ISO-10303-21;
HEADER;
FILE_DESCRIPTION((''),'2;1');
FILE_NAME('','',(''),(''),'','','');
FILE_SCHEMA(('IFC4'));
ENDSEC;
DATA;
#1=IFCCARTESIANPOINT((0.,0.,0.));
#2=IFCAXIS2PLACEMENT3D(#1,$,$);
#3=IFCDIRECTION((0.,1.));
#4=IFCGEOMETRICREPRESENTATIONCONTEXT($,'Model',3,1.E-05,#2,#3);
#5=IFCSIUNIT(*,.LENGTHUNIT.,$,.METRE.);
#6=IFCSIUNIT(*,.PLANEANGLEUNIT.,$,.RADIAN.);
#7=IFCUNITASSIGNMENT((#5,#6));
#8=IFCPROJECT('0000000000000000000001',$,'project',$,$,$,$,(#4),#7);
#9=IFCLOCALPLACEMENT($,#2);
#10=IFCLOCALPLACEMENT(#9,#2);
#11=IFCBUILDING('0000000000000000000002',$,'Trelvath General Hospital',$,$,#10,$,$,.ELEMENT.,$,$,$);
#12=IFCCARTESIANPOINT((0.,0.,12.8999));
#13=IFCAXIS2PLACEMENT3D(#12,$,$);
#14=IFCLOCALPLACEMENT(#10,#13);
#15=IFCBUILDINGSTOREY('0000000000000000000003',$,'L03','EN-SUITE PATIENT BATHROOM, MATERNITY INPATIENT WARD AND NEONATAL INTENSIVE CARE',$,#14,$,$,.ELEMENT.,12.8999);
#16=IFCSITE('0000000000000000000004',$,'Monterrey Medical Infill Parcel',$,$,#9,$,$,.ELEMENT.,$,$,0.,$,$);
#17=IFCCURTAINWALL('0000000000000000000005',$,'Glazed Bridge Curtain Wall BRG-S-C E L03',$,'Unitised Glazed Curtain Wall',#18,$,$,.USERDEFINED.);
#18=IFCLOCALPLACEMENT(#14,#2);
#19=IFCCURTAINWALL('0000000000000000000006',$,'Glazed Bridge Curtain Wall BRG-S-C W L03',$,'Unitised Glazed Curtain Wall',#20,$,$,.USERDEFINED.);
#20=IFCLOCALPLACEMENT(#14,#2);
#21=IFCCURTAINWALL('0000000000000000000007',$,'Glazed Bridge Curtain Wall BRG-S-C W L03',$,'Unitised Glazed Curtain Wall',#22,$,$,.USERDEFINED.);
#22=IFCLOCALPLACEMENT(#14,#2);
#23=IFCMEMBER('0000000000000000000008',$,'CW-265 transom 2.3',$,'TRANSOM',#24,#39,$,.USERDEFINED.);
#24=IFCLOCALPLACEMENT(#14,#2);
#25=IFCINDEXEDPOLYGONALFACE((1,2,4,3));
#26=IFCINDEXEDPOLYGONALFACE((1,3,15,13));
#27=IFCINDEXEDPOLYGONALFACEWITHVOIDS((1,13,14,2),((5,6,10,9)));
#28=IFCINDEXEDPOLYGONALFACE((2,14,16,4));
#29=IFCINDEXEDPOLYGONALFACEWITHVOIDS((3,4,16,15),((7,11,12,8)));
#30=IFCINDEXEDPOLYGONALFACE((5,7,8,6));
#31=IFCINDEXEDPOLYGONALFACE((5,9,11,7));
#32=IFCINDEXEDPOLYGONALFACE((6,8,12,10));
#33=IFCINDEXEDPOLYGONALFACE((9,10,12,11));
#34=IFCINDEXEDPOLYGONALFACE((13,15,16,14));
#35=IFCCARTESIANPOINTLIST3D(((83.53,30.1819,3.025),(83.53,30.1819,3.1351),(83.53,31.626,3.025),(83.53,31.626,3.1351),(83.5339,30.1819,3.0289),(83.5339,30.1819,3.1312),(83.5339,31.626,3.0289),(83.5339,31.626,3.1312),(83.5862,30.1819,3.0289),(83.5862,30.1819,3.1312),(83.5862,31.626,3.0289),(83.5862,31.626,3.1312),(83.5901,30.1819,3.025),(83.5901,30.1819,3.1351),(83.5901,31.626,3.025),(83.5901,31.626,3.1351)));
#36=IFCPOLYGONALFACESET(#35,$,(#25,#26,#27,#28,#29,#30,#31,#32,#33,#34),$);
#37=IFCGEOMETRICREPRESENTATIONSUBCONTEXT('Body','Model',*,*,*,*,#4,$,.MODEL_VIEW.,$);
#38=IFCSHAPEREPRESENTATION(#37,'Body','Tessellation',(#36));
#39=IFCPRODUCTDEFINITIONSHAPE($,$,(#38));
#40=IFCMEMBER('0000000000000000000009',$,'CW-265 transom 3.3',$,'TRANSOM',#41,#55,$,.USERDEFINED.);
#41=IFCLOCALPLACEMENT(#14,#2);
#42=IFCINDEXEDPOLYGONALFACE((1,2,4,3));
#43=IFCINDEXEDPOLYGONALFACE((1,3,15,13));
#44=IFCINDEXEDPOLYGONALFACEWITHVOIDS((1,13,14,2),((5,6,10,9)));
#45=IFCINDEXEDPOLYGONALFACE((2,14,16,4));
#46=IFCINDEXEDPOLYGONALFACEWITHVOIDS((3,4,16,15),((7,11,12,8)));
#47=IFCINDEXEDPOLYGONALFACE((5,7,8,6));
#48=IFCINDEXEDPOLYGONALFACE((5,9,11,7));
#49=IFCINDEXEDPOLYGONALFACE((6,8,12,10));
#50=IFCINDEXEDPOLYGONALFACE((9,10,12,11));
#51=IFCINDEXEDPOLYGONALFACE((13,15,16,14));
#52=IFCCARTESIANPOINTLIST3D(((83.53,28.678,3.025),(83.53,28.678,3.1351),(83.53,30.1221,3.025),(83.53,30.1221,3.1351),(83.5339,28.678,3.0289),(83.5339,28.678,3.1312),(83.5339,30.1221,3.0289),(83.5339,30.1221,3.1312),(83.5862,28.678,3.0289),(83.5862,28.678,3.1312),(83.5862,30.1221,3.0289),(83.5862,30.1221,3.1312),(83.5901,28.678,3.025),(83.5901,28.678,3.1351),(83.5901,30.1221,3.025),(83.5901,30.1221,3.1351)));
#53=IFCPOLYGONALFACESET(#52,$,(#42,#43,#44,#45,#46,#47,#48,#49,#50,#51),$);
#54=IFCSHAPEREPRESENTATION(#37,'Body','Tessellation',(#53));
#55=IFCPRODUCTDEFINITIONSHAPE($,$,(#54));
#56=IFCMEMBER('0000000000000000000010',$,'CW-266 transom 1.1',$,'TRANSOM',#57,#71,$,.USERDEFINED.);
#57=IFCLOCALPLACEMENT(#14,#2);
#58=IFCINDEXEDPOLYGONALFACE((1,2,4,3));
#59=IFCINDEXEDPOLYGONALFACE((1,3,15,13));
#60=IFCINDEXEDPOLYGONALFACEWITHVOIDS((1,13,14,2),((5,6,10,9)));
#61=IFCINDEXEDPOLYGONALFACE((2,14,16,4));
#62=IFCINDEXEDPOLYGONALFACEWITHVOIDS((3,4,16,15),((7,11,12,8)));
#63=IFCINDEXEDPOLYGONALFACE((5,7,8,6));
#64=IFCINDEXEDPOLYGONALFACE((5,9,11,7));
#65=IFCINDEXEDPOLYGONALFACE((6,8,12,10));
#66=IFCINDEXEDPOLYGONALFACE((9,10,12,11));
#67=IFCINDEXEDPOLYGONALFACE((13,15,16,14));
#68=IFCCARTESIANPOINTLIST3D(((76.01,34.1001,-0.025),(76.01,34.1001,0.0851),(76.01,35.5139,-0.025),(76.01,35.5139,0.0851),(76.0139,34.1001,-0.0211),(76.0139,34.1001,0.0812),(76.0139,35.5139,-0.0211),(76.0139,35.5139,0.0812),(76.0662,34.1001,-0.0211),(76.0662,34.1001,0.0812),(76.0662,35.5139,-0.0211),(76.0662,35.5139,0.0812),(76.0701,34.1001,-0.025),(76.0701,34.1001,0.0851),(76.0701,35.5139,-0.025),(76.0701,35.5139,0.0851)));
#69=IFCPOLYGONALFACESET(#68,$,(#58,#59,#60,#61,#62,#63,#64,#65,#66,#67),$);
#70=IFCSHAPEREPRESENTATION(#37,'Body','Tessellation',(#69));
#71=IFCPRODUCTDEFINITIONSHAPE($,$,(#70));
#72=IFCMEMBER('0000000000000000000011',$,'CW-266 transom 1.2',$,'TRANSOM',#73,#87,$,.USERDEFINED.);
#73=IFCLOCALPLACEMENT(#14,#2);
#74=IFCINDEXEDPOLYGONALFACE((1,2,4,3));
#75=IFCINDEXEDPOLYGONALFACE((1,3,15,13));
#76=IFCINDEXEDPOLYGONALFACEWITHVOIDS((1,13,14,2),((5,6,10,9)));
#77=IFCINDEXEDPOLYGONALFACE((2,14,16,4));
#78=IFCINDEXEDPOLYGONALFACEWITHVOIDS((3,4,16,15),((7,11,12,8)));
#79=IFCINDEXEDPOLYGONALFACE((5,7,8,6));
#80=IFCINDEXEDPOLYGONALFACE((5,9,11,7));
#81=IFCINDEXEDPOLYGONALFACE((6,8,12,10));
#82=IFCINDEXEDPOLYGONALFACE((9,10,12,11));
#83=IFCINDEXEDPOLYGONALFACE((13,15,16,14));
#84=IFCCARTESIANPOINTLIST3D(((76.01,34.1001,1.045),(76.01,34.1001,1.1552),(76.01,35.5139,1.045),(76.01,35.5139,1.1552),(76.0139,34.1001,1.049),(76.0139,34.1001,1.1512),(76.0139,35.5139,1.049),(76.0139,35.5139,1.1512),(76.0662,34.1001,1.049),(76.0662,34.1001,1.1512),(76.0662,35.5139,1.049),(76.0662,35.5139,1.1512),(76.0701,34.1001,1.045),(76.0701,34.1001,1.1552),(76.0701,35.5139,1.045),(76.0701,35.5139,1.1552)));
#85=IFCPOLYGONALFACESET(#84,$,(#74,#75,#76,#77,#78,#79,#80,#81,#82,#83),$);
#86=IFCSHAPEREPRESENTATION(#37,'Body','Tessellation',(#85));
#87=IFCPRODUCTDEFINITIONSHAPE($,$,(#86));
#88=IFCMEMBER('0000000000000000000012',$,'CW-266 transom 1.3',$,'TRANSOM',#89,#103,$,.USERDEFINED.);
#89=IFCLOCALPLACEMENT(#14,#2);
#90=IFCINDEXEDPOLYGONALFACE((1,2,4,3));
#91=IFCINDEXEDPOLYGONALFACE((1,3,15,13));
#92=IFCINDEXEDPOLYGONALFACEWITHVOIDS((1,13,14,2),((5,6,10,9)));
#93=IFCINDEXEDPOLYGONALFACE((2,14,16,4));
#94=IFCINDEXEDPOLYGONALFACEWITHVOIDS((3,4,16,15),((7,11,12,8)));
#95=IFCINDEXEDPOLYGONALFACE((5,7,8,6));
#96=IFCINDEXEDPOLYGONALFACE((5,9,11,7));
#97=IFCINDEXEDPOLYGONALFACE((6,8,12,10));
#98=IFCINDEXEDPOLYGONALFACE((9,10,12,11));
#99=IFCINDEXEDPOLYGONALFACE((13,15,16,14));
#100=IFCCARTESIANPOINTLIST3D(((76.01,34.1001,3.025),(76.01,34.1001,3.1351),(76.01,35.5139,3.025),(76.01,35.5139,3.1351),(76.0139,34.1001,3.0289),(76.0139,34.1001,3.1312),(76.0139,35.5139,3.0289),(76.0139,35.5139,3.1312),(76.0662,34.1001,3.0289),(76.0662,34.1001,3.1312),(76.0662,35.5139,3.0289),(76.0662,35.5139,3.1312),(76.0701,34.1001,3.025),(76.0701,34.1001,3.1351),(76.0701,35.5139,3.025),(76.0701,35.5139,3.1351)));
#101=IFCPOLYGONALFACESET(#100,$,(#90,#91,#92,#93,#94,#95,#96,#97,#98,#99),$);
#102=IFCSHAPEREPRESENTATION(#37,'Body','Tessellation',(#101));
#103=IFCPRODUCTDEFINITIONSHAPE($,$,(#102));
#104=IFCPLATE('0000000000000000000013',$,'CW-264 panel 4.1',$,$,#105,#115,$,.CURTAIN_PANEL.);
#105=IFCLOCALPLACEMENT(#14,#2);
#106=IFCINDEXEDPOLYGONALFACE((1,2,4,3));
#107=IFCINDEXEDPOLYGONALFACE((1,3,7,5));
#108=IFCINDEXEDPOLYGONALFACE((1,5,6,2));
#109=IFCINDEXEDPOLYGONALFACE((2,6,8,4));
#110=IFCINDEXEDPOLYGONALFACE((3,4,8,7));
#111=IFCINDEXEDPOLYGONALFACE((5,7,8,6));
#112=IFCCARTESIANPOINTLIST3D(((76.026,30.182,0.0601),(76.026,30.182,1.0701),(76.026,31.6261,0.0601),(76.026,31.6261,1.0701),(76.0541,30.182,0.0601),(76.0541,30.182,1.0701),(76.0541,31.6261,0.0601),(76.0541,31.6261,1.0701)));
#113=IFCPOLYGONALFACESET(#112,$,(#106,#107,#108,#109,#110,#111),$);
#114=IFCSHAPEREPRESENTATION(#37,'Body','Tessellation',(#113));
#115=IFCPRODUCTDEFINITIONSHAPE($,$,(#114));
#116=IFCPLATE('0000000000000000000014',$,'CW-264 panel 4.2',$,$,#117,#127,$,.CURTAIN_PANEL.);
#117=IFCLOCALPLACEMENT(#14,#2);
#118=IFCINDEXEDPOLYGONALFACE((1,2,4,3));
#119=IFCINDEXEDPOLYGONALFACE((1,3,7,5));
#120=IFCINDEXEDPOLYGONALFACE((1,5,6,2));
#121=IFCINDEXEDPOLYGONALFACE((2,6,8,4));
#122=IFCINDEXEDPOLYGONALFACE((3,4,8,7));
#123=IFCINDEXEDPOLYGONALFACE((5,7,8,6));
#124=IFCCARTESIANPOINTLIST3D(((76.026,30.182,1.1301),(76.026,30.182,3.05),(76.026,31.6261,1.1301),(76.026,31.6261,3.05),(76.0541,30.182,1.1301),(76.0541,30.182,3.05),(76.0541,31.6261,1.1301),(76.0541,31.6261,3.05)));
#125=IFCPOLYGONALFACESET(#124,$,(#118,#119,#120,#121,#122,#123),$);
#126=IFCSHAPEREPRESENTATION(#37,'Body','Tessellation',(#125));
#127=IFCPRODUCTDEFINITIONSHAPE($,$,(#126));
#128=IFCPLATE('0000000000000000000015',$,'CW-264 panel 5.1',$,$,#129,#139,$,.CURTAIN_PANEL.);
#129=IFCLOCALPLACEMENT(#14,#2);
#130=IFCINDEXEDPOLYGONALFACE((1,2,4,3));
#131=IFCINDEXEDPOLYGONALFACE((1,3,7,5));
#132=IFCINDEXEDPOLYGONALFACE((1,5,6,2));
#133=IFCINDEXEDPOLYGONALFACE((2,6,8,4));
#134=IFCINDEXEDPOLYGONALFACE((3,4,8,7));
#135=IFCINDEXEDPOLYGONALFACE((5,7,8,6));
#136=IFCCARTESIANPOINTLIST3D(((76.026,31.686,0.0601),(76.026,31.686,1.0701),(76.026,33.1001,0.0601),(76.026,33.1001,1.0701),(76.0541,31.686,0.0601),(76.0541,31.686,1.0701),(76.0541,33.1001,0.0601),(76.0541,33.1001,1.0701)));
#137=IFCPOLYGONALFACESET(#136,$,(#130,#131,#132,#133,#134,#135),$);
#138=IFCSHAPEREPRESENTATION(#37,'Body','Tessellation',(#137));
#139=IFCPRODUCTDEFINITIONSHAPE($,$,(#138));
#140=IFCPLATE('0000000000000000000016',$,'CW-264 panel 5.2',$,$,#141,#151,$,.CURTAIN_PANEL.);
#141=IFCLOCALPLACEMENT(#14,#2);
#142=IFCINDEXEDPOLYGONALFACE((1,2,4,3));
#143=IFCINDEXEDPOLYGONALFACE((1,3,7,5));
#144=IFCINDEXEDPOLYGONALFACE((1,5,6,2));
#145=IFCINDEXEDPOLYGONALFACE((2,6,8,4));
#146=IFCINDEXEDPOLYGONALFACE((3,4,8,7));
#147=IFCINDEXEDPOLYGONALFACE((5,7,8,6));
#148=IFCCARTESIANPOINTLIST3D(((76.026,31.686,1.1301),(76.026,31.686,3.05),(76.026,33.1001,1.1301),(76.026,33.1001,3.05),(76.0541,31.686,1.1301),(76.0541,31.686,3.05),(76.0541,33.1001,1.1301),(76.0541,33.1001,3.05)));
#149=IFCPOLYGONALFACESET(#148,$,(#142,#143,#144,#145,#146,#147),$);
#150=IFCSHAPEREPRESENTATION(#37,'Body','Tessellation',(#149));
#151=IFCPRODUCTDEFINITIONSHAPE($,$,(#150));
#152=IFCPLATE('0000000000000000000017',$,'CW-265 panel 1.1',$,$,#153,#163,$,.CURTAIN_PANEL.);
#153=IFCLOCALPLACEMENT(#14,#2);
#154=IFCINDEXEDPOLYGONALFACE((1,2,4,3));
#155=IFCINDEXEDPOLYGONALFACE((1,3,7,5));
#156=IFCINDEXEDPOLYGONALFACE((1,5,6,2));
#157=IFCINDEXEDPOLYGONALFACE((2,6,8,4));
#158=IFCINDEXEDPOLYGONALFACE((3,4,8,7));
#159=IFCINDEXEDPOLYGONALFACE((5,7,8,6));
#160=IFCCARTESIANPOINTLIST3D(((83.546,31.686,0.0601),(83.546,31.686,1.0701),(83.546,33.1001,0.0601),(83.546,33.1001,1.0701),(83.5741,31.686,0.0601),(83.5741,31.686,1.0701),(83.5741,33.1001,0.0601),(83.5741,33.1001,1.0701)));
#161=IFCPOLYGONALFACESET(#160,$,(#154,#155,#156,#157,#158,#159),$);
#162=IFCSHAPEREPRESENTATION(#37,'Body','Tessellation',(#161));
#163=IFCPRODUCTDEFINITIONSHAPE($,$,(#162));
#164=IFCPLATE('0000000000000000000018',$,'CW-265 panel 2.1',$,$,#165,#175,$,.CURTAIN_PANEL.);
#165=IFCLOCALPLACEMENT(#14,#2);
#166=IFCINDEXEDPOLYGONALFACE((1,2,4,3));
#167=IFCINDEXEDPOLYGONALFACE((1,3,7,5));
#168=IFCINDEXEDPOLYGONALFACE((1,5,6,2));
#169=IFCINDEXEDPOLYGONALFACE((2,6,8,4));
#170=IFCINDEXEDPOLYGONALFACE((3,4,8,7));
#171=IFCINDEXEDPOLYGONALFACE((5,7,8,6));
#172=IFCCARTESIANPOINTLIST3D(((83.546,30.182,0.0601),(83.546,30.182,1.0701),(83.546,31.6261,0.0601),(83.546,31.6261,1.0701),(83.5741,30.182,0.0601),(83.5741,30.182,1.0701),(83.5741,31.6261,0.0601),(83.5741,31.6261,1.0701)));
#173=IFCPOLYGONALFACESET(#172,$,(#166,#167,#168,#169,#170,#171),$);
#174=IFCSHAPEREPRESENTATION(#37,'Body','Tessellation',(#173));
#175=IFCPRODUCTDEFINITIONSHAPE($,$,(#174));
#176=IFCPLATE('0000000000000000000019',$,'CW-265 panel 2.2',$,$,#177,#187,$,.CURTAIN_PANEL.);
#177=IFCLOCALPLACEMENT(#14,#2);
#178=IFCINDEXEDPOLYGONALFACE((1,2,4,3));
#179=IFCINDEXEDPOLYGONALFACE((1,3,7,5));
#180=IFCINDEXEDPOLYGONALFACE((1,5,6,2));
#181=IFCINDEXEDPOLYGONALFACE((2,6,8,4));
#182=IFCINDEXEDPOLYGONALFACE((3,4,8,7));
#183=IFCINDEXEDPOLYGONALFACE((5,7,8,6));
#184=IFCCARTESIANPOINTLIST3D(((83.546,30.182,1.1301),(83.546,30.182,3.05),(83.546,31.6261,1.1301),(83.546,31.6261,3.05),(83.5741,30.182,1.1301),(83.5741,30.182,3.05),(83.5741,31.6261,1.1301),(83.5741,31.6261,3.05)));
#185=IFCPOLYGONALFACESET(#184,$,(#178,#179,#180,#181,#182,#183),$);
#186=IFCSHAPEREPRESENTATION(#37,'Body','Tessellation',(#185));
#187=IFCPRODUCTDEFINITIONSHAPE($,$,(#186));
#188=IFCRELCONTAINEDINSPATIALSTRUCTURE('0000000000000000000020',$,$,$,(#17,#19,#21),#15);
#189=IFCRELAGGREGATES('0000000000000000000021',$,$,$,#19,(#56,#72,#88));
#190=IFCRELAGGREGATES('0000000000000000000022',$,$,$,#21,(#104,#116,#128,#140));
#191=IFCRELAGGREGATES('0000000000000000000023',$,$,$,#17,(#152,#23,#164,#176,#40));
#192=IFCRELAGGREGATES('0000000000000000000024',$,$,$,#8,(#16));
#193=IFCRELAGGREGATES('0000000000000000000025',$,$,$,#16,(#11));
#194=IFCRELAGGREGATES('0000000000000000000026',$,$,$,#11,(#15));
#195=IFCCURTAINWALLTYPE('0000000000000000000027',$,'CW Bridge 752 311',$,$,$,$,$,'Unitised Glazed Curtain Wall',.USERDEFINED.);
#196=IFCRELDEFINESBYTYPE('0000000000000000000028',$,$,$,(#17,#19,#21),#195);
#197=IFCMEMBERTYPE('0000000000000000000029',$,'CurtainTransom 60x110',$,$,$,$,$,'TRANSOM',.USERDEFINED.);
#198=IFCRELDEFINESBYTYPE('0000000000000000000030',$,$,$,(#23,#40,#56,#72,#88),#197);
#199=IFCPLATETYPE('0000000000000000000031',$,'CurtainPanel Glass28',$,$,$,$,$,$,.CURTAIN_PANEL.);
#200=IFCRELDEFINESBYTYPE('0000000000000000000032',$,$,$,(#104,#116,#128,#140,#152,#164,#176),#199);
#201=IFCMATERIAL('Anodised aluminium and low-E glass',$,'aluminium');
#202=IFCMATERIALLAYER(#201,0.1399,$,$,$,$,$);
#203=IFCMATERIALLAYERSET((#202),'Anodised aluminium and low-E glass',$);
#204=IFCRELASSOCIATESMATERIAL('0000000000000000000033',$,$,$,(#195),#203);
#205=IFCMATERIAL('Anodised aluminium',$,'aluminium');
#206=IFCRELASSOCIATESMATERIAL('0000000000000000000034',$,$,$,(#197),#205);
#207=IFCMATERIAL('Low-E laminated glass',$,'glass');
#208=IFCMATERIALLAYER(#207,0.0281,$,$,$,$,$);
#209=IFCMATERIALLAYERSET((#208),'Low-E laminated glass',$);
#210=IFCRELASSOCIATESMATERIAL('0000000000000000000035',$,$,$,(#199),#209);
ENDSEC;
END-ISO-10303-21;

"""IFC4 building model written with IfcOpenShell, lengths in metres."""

from ifc_helpers import new_model, si_unit, direction, frame, origin, origin_2d, place, context, subcontext, project, spatial, rectangle, hollow_rectangle, extrude, material, layer, layer_set, material_profile, profile_set, type_object, element, aggregate, save


model = new_model("IFC4")

# Units and contexts
model_context = context("Model", 3, precision=1e-05, world=origin(), true_north=direction((0.0, 1.0)))
body_context = subcontext(model_context, "Body", "Model", "MODEL_VIEW")
ifc_project = project(units=[si_unit("LENGTHUNIT", "METRE"), si_unit("PLANEANGLEUNIT", "RADIAN")], contexts=[model_context])

# Site, building, storey
site_placement = place(None, origin())
site = spatial("IfcSite", under=ifc_project, at=site_placement, Name="Monterrey Medical Infill Parcel", CompositionType="ELEMENT", RefElevation=0.0)
building_placement = place(site_placement, origin())
building = spatial("IfcBuilding", under=site, at=building_placement, Name="Trelvath General Hospital", CompositionType="ELEMENT")
storey_placement = place(building_placement, frame((0.0, 0.0, 12.8999)))
storey = spatial("IfcBuildingStorey", under=building, at=storey_placement, Name="L03", Description="EN-SUITE PATIENT BATHROOM, MATERNITY INPATIENT WARD AND NEONATAL INTENSIVE CARE", CompositionType="ELEMENT", Elevation=12.8999)

# Curtain wall
ifc_material_1 = material(Name="Anodised aluminium and low-E glass", Category="aluminium")
ifc_layer_1 = layer(ifc_material_1, 0.1399)
ifc_layer_set_1 = layer_set([ifc_layer_1], Name="Anodised aluminium and low-E glass")
curtain_wall_type = type_object("IfcCurtainWallType", Name="CW Bridge 752 311", ElementType="Unitised Glazed Curtain Wall", PredefinedType="USERDEFINED", material=ifc_layer_set_1)
curtain_wall_1_placement = place(storey_placement, origin())
curtain_wall_1 = element("IfcCurtainWall", 1, at=curtain_wall_1_placement, inside=storey, type_object=curtain_wall_type, Name="Glazed Bridge Curtain Wall BRG-S-C E L03", ObjectType="Unitised Glazed Curtain Wall", PredefinedType="USERDEFINED")

# Curtain wall
curtain_wall_2_placement = place(storey_placement, origin())
curtain_wall_2 = element("IfcCurtainWall", 2, at=curtain_wall_2_placement, inside=storey, type_object=curtain_wall_type, Name="Glazed Bridge Curtain Wall BRG-S-C W L03", ObjectType="Unitised Glazed Curtain Wall", PredefinedType="USERDEFINED")

# Curtain wall
curtain_wall_3_placement = place(storey_placement, origin())
curtain_wall_3 = element("IfcCurtainWall", 3, at=curtain_wall_3_placement, inside=storey, type_object=curtain_wall_type, Name="Glazed Bridge Curtain Wall BRG-S-C W L03", ObjectType="Unitised Glazed Curtain Wall", PredefinedType="USERDEFINED")
ifc_material_2 = material(Name="Anodised aluminium", Category="aluminium")
ifc_material_profile_1 = material_profile(ifc_material_2, hollow_rectangle(XDim=0.0601, YDim=0.1101, WallThickness=0.0039, at=origin_2d()), Name="RHS60x110x4")
ifc_profile_set_1 = profile_set([ifc_material_profile_1], Name="Anodised aluminium")
member_type_1 = type_object("IfcMemberType", Name="CurtainTransom 60x110", ElementType="TRANSOM", PredefinedType="USERDEFINED", material=ifc_profile_set_1)

# Members
member_1_placement = place(storey_placement, frame((83.5601, 31.626, 3.0801), z_axis=(0.0, -1.0, 0.0), x_axis=(1.0, 0.0, 0.0)))
member_1 = element("IfcMember", 4, at=member_1_placement, type_object=member_type_1, Name="CW-265 transom 2.3", ObjectType="TRANSOM", PredefinedType="USERDEFINED", context=body_context, shape_type="SweptSolid", body=[
    extrude(hollow_rectangle(XDim=0.0601, YDim=0.1101, WallThickness=0.0039, at=origin_2d()), origin(), (0.0, 0.0, 1.0), 1.4441),
])
member_2_placement = place(storey_placement, frame((83.5601, 30.1221, 3.0801), z_axis=(0.0, -1.0, 0.0), x_axis=(1.0, 0.0, 0.0)))
member_2 = element("IfcMember", 5, at=member_2_placement, type_object=member_type_1, Name="CW-265 transom 3.3", ObjectType="TRANSOM", PredefinedType="USERDEFINED", context=body_context, shape_type="SweptSolid", body=[
    extrude(hollow_rectangle(XDim=0.0601, YDim=0.1101, WallThickness=0.0039, at=origin_2d()), origin(), (0.0, 0.0, 1.0), 1.4441),
])
member_3_placement = place(storey_placement, frame((76.04, 34.1001, 0.03), z_axis=(0.0, 1.0, 0.0), x_axis=(-1.0, 0.0, 0.0)))
member_3 = element("IfcMember", 6, at=member_3_placement, type_object=member_type_1, Name="CW-266 transom 1.1", ObjectType="TRANSOM", PredefinedType="USERDEFINED", context=body_context, shape_type="SweptSolid", body=[
    extrude(hollow_rectangle(XDim=0.0601, YDim=0.1101, WallThickness=0.0039, at=origin_2d()), origin(), (0.0, 0.0, 1.0), 1.4138),
])
member_4_placement = place(storey_placement, frame((76.04, 34.1001, 1.1001), z_axis=(0.0, 1.0, 0.0), x_axis=(-1.0, 0.0, 0.0)))
member_4 = element("IfcMember", 7, at=member_4_placement, type_object=member_type_1, Name="CW-266 transom 1.2", ObjectType="TRANSOM", PredefinedType="USERDEFINED", context=body_context, shape_type="SweptSolid", body=[
    extrude(hollow_rectangle(XDim=0.0601, YDim=0.1101, WallThickness=0.0039, at=origin_2d()), origin(), (0.0, 0.0, 1.0), 1.4138),
])
member_5_placement = place(storey_placement, frame((76.04, 34.1001, 3.0801), z_axis=(0.0, 1.0, 0.0), x_axis=(-1.0, 0.0, 0.0)))
member_5 = element("IfcMember", 8, at=member_5_placement, type_object=member_type_1, Name="CW-266 transom 1.3", ObjectType="TRANSOM", PredefinedType="USERDEFINED", context=body_context, shape_type="SweptSolid", body=[
    extrude(hollow_rectangle(XDim=0.0601, YDim=0.1101, WallThickness=0.0039, at=origin_2d()), origin(), (0.0, 0.0, 1.0), 1.4138),
])
aggregate(curtain_wall_2, [member_3, member_4, member_5])

# Plates
ifc_material_3 = material(Name="Low-E laminated glass", Category="glass")
ifc_layer_2 = layer(ifc_material_3, 0.0281)
ifc_layer_set_2 = layer_set([ifc_layer_2], Name="Low-E laminated glass")
plate_type = type_object("IfcPlateType", Name="CurtainPanel Glass28", PredefinedType="CURTAIN_PANEL", material=ifc_layer_set_2)
plate_1_placement = place(storey_placement, frame((76.04, 30.9041, 0.0601), z_axis=(0.0, 0.0, 1.0), x_axis=(0.0, 1.0, 0.0)))
plate_1 = element("IfcPlate", 9, at=plate_1_placement, type_object=plate_type, Name="CW-264 panel 4.1", PredefinedType="CURTAIN_PANEL", context=body_context, shape_type="SweptSolid", body=[
    extrude(rectangle(XDim=1.4441, YDim=0.0281, at=origin_2d()), origin(), (0.0, 0.0, 1.0), 1.01),
])
plate_2_placement = place(storey_placement, frame((76.04, 30.9041, 1.1301), z_axis=(0.0, 0.0, 1.0), x_axis=(0.0, 1.0, 0.0)))
plate_2 = element("IfcPlate", 10, at=plate_2_placement, type_object=plate_type, Name="CW-264 panel 4.2", PredefinedType="CURTAIN_PANEL", context=body_context, shape_type="SweptSolid", body=[
    extrude(rectangle(XDim=1.4441, YDim=0.0281, at=origin_2d()), origin(), (0.0, 0.0, 1.0), 1.9199),
])
plate_3_placement = place(storey_placement, frame((76.04, 32.3931, 0.0601), z_axis=(0.0, 0.0, 1.0), x_axis=(0.0, 1.0, 0.0)))
plate_3 = element("IfcPlate", 11, at=plate_3_placement, type_object=plate_type, Name="CW-264 panel 5.1", PredefinedType="CURTAIN_PANEL", context=body_context, shape_type="SweptSolid", body=[
    extrude(rectangle(XDim=1.4141, YDim=0.0281, at=origin_2d()), origin(), (0.0, 0.0, 1.0), 1.01),
])
plate_4_placement = place(storey_placement, frame((76.04, 32.3931, 1.1301), z_axis=(0.0, 0.0, 1.0), x_axis=(0.0, 1.0, 0.0)))
plate_4 = element("IfcPlate", 12, at=plate_4_placement, type_object=plate_type, Name="CW-264 panel 5.2", PredefinedType="CURTAIN_PANEL", context=body_context, shape_type="SweptSolid", body=[
    extrude(rectangle(XDim=1.4141, YDim=0.0281, at=origin_2d()), origin(), (0.0, 0.0, 1.0), 1.9199),
])
aggregate(curtain_wall_3, [plate_1, plate_2, plate_3, plate_4])
plate_5_placement = place(storey_placement, frame((83.5601, 32.3931, 0.0601), z_axis=(0.0, 0.0, 1.0), x_axis=(0.0, -1.0, 0.0)))
plate_5 = element("IfcPlate", 13, at=plate_5_placement, type_object=plate_type, Name="CW-265 panel 1.1", PredefinedType="CURTAIN_PANEL", context=body_context, shape_type="SweptSolid", body=[
    extrude(rectangle(XDim=1.4141, YDim=0.0281, at=origin_2d()), origin(), (0.0, 0.0, 1.0), 1.01),
])
plate_6_placement = place(storey_placement, frame((83.5601, 30.9041, 0.0601), z_axis=(0.0, 0.0, 1.0), x_axis=(0.0, -1.0, 0.0)))
plate_6 = element("IfcPlate", 14, at=plate_6_placement, type_object=plate_type, Name="CW-265 panel 2.1", PredefinedType="CURTAIN_PANEL", context=body_context, shape_type="SweptSolid", body=[
    extrude(rectangle(XDim=1.4441, YDim=0.0281, at=origin_2d()), origin(), (0.0, 0.0, 1.0), 1.01),
])
plate_7_placement = place(storey_placement, frame((83.5601, 30.9041, 1.1301), z_axis=(0.0, 0.0, 1.0), x_axis=(0.0, -1.0, 0.0)))
plate_7 = element("IfcPlate", 15, at=plate_7_placement, type_object=plate_type, Name="CW-265 panel 2.2", PredefinedType="CURTAIN_PANEL", context=body_context, shape_type="SweptSolid", body=[
    extrude(rectangle(XDim=1.4441, YDim=0.0281, at=origin_2d()), origin(), (0.0, 0.0, 1.0), 1.9199),
])
aggregate(curtain_wall_1, [plate_5, member_1, plate_6, plate_7, member_2])

save(model, "model.ifc")
